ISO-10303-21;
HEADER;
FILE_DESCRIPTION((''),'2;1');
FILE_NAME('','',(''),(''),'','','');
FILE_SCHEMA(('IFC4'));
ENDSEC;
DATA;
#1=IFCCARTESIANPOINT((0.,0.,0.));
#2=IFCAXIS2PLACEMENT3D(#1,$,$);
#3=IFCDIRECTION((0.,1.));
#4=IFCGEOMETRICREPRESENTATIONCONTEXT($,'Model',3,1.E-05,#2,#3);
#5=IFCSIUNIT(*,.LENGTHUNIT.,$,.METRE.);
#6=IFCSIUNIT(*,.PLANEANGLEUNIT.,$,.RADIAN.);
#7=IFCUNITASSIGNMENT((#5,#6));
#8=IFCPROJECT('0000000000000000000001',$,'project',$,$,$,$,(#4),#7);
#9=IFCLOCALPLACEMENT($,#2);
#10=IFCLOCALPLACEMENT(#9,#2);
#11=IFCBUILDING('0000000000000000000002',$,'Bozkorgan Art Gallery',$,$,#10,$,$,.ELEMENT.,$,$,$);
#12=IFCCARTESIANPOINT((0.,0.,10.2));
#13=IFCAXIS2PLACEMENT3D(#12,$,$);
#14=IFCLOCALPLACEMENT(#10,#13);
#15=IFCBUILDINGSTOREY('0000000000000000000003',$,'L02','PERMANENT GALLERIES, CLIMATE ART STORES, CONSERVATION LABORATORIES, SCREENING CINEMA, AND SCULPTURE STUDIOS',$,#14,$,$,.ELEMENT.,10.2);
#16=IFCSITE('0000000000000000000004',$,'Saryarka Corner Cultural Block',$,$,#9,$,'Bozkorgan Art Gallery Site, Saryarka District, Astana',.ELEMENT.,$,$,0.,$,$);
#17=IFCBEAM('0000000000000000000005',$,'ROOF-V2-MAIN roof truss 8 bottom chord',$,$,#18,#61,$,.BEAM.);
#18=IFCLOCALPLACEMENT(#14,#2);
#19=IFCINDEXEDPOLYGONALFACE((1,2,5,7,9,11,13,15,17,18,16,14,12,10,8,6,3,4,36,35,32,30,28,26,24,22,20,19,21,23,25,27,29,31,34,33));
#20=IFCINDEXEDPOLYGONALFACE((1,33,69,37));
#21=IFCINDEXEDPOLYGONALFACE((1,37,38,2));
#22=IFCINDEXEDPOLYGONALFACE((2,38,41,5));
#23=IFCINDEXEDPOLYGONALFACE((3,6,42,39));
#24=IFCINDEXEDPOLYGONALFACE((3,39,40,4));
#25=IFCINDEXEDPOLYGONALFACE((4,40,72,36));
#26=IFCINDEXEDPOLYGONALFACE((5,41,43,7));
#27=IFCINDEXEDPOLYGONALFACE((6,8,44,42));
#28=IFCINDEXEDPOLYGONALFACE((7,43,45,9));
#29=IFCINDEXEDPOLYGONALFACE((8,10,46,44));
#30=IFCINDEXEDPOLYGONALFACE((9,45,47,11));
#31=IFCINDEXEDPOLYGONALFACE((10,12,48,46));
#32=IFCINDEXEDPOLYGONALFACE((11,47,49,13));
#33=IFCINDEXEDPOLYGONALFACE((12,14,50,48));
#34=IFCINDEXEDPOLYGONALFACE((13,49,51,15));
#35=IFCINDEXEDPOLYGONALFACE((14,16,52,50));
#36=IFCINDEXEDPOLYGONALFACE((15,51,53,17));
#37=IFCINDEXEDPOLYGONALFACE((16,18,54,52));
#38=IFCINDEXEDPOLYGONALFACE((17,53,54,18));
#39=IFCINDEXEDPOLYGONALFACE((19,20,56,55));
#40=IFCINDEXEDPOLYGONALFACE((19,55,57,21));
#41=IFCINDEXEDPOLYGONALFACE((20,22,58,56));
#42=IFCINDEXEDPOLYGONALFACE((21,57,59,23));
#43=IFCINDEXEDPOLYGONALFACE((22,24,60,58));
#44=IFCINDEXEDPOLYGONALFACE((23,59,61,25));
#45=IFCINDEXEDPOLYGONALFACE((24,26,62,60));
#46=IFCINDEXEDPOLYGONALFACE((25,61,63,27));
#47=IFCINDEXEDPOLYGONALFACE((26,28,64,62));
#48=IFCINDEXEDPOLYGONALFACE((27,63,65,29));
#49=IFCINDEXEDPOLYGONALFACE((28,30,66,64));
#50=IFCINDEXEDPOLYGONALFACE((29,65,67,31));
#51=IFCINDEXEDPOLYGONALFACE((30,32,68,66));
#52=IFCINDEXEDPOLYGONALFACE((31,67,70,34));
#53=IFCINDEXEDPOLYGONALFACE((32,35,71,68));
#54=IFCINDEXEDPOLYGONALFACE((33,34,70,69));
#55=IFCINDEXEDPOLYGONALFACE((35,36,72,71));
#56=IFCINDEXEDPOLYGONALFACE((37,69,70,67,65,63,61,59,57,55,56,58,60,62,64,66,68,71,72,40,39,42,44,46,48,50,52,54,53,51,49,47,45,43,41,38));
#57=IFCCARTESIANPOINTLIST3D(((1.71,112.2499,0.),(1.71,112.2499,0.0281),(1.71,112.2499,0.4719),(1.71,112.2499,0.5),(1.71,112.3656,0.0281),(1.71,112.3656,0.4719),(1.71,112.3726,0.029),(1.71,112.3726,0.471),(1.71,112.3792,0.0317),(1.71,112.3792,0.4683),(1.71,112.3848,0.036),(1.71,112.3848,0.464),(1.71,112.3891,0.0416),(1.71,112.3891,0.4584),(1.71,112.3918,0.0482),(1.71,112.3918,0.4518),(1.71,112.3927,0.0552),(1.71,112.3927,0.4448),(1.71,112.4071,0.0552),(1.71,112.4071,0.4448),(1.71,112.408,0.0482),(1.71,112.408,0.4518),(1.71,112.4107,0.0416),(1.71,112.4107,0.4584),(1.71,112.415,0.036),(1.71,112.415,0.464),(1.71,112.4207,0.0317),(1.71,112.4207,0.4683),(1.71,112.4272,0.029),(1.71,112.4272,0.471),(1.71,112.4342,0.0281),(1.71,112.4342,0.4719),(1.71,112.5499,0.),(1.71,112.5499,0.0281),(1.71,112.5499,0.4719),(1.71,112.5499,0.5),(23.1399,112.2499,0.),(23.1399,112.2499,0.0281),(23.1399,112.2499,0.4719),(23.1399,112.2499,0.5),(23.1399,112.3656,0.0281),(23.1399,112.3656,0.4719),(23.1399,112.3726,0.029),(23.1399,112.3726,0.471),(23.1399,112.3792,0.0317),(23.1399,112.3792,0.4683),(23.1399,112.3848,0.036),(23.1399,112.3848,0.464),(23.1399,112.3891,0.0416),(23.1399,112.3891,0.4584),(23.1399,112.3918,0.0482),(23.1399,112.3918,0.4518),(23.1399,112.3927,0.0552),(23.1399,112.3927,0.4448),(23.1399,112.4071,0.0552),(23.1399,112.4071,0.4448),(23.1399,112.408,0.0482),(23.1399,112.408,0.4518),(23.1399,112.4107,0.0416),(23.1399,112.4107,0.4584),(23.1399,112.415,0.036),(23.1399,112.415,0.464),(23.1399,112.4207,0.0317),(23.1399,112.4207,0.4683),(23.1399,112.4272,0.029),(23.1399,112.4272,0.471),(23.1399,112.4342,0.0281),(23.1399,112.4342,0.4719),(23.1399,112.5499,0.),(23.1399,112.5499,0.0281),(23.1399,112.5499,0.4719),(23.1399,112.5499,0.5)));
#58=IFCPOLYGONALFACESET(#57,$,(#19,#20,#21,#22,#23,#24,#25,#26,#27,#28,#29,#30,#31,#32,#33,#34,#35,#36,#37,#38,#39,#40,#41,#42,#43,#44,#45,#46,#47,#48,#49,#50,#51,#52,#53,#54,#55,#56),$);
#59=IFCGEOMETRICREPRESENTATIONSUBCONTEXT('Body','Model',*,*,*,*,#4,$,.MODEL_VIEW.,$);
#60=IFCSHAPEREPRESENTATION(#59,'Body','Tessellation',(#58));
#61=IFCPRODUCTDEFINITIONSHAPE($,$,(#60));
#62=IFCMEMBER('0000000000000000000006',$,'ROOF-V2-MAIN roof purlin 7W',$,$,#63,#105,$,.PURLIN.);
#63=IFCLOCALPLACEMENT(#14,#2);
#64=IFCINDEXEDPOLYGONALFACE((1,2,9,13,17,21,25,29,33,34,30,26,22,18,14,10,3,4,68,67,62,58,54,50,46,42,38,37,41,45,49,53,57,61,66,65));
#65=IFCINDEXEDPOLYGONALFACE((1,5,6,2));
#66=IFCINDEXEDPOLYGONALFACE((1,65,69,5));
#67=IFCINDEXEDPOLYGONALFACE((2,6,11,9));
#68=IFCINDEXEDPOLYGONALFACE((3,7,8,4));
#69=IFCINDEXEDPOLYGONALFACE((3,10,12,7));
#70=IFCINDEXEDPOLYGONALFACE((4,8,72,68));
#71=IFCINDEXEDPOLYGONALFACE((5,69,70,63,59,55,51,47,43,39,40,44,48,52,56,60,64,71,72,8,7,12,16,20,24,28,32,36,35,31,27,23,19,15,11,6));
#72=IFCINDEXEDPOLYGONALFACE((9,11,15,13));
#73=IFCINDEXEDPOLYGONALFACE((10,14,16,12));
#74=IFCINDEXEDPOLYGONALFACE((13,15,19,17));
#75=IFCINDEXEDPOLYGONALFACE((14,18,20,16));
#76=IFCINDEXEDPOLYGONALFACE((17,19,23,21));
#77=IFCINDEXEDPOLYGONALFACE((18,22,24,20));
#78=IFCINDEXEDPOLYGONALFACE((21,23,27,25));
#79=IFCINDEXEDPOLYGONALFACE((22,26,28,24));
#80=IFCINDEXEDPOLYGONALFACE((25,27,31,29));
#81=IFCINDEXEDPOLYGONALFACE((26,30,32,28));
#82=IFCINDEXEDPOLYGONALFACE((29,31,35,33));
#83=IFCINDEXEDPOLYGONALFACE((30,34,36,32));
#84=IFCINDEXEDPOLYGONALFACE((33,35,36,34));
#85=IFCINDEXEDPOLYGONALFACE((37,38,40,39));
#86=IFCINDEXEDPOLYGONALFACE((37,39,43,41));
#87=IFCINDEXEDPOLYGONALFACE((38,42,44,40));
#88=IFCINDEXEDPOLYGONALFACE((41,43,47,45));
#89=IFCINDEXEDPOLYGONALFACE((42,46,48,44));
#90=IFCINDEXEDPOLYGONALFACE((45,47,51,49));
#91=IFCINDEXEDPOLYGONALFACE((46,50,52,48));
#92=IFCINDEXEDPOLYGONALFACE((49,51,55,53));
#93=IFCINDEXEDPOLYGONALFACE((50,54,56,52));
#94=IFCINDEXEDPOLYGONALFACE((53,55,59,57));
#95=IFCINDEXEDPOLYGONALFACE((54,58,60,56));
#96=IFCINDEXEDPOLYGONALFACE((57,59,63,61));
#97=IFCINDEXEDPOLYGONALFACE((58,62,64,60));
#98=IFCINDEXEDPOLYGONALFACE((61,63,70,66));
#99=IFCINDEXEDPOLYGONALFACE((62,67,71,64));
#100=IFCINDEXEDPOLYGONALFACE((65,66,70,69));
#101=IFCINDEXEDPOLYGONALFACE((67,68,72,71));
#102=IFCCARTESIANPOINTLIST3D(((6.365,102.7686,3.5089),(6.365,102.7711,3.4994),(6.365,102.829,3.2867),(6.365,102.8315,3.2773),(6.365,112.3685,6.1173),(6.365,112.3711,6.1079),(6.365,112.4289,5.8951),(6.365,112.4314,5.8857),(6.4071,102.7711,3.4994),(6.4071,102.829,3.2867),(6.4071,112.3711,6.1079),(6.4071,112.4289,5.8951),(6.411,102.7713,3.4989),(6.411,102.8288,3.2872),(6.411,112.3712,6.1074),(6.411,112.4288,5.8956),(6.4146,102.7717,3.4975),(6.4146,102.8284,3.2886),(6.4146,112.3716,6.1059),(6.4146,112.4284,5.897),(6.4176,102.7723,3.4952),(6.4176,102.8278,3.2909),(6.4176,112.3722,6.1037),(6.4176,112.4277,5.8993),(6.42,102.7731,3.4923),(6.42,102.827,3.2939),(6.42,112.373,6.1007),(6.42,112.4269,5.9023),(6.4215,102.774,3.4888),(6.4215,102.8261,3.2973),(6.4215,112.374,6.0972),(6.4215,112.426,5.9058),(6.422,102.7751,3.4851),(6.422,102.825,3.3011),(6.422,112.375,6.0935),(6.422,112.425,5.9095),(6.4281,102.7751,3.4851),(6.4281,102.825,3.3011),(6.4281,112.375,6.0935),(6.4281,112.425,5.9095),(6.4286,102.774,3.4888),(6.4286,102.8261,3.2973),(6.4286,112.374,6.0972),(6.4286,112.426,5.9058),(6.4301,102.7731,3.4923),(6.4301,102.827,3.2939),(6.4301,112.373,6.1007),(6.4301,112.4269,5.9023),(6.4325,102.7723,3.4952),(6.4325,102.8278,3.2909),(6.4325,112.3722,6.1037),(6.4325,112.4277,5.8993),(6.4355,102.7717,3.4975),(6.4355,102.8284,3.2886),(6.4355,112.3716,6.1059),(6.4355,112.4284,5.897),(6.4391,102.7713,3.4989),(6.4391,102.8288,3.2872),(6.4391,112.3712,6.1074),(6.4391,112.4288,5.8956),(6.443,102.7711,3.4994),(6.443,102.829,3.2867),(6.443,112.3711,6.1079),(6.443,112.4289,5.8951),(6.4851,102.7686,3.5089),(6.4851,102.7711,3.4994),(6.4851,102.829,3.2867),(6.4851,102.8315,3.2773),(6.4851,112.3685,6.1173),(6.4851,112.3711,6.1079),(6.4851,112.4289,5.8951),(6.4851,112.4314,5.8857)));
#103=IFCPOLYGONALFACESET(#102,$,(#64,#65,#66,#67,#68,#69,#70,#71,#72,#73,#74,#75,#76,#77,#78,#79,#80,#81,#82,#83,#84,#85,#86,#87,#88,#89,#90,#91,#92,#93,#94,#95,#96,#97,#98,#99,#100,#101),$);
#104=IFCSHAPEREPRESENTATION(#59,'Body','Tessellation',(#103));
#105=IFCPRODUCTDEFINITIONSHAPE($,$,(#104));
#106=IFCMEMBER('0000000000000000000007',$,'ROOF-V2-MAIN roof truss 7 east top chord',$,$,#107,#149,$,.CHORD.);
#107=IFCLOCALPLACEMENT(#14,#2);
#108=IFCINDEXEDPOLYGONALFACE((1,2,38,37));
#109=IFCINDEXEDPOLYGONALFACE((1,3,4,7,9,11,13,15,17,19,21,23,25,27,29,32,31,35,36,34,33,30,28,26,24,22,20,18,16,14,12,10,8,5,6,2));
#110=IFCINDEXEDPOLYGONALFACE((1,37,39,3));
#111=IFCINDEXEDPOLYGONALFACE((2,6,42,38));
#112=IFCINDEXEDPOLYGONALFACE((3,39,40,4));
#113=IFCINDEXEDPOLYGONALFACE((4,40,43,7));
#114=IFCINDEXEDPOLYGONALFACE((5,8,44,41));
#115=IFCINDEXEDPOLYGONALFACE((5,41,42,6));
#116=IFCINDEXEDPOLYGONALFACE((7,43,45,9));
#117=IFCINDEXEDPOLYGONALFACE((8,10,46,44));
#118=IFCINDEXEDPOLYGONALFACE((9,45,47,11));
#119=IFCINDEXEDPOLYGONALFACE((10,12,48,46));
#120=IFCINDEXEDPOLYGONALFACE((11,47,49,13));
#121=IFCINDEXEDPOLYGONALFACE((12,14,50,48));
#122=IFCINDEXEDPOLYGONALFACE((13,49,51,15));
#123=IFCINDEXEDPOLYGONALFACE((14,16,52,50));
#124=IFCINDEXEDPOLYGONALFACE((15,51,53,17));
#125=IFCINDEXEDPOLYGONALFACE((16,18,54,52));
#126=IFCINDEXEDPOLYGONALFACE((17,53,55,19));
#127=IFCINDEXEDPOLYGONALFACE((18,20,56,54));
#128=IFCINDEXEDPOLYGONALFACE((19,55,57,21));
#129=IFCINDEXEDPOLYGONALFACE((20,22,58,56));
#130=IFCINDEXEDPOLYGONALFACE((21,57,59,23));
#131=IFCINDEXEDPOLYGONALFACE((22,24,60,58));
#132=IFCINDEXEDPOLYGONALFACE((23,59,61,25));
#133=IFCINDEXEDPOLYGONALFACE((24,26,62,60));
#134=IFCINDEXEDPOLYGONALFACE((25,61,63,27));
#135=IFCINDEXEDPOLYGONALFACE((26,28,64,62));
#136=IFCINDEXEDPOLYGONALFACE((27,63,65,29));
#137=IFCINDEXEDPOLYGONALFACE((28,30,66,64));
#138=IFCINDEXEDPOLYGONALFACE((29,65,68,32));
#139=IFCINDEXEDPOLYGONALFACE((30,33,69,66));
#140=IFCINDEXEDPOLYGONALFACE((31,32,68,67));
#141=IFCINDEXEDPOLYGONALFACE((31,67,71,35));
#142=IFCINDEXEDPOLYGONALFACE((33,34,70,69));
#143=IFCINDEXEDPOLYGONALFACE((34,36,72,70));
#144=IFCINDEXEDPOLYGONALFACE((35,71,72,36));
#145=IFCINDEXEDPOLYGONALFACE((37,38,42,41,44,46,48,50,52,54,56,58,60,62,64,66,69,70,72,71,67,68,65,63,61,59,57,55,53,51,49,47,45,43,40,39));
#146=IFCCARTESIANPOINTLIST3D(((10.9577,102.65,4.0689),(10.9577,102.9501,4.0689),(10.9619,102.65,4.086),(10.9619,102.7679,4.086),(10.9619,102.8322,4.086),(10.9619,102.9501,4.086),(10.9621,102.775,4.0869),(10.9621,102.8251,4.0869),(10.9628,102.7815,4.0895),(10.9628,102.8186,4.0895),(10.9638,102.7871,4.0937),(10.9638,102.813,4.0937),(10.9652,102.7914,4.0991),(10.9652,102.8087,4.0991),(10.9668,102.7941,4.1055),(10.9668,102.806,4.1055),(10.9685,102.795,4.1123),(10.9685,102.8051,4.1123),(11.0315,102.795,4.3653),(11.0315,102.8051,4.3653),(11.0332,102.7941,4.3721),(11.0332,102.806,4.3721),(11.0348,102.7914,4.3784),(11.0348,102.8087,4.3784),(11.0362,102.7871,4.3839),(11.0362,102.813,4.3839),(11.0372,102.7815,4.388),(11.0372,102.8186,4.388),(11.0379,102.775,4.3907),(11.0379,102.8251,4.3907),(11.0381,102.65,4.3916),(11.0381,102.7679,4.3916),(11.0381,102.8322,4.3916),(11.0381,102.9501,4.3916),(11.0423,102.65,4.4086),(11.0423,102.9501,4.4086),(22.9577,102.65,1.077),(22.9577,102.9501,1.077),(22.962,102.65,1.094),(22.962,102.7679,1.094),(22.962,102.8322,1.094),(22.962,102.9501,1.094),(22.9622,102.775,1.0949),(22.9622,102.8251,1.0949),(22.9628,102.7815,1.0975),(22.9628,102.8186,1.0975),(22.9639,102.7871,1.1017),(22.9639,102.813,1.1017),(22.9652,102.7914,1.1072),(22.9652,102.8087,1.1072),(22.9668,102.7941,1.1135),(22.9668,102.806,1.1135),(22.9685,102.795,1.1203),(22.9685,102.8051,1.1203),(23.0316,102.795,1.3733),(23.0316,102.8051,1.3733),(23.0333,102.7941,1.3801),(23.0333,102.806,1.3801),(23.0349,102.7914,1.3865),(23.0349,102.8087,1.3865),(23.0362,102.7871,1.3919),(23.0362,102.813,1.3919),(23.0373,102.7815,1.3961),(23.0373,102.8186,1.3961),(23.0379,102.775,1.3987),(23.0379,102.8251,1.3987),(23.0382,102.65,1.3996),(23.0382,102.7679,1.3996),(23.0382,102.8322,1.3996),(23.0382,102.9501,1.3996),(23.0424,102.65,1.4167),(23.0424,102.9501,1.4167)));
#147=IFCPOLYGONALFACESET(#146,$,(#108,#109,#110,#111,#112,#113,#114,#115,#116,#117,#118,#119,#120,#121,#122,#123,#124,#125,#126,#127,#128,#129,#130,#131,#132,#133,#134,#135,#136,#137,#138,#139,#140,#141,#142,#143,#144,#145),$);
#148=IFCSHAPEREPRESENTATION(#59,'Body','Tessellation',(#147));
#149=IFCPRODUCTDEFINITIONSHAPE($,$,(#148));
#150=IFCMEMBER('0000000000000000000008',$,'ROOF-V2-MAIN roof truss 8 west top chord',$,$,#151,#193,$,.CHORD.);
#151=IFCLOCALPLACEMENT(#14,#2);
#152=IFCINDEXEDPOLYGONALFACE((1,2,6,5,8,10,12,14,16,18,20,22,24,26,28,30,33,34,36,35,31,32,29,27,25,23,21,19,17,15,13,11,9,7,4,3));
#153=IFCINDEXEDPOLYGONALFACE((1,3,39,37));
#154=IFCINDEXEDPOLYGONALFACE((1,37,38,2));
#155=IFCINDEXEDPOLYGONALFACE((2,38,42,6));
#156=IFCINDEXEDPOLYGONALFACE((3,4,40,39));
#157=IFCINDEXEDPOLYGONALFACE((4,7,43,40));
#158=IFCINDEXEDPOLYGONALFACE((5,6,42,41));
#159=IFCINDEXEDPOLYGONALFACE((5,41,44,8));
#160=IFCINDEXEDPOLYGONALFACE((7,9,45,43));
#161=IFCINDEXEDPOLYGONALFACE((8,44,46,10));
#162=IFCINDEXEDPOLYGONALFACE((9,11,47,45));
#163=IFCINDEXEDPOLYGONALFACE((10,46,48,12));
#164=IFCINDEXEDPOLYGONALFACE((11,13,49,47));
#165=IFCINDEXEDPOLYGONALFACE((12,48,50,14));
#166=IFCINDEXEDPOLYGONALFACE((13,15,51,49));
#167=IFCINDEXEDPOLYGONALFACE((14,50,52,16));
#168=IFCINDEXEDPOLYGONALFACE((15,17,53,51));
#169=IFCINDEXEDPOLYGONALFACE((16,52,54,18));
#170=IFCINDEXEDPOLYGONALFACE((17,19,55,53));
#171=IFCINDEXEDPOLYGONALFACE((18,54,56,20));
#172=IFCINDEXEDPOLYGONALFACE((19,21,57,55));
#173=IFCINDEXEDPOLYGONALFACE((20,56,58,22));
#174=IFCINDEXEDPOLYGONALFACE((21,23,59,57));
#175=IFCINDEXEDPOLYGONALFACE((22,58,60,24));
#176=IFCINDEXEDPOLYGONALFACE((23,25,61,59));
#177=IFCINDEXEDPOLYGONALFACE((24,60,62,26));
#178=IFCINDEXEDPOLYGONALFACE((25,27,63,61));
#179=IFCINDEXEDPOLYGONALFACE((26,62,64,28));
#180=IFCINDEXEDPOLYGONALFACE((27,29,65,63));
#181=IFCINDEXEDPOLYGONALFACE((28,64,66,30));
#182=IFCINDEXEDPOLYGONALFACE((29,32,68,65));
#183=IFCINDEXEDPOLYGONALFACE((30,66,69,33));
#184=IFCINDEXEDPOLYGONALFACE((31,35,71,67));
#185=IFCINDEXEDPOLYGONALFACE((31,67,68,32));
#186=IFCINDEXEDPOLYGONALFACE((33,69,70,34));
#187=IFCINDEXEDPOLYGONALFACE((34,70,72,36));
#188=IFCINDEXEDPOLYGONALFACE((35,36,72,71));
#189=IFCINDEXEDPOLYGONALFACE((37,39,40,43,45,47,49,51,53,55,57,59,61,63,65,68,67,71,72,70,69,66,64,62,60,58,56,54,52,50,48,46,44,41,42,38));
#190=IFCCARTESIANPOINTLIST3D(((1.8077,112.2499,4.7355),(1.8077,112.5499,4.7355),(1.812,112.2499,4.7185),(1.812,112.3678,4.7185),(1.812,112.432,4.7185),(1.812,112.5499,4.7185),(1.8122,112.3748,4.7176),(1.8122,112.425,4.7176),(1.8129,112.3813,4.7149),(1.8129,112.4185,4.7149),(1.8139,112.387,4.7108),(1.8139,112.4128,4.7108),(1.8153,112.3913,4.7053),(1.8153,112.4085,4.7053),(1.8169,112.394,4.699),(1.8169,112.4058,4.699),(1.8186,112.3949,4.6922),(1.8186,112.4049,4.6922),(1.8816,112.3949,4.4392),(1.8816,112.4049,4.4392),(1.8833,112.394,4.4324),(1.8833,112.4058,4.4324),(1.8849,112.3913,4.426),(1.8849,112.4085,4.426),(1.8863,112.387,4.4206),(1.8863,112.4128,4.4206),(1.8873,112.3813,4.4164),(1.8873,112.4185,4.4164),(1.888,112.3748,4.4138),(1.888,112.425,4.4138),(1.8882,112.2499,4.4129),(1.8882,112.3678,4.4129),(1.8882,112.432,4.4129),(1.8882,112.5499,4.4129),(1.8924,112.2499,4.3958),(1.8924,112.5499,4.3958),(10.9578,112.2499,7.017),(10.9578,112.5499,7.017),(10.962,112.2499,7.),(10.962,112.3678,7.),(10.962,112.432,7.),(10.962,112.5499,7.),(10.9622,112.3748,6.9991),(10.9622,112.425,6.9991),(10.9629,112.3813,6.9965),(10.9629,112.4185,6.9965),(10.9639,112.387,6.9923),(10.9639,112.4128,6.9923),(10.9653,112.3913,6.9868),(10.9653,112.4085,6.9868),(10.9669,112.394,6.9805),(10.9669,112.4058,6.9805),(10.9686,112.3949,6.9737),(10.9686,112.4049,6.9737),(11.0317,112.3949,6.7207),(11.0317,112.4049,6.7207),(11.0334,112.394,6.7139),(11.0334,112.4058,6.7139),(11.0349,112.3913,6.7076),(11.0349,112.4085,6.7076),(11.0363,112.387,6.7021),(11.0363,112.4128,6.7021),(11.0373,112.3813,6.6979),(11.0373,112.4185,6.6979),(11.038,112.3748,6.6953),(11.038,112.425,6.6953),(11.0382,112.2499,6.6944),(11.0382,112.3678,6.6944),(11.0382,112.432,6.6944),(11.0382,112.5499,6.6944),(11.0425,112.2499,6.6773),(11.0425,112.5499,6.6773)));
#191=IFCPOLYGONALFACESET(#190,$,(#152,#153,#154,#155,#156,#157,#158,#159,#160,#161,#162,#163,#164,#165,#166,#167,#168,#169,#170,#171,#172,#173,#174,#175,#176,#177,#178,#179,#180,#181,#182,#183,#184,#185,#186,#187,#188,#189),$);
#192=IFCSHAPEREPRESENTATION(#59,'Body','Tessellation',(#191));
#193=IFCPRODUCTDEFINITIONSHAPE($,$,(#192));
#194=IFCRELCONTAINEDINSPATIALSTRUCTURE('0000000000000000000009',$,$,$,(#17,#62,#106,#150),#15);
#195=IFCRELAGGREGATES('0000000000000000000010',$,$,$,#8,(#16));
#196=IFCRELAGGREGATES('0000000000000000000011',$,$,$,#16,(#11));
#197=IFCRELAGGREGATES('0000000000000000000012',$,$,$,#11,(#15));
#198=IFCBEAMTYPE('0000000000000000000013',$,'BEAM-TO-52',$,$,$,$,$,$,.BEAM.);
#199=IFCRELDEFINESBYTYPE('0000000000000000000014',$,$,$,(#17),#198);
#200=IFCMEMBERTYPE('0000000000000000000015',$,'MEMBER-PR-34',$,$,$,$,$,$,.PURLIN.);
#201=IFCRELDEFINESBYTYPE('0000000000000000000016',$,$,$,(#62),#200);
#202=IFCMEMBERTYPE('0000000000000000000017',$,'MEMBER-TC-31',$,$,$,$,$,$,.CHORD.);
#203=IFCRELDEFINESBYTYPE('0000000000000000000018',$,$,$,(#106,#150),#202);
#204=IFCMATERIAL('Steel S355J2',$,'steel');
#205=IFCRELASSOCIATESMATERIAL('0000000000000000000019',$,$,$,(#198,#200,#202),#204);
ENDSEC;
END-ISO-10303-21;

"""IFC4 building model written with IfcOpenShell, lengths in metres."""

from ifc_helpers import new_model, si_unit, direction, frame, origin, origin_2d, place, context, subcontext, project, spatial, i_section, extrude, material, material_profile, profile_set, type_object, element, save


model = new_model("IFC4")

# Units and contexts
model_context = context("Model", 3, precision=1e-05, world=origin(), true_north=direction((0.0, 1.0)))
body_context = subcontext(model_context, "Body", "Model", "MODEL_VIEW")
ifc_project = project(units=[si_unit("LENGTHUNIT", "METRE"), si_unit("PLANEANGLEUNIT", "RADIAN")], contexts=[model_context])

# Site, building, storey
site_placement = place(None, origin())
site = spatial("IfcSite", under=ifc_project, at=site_placement, Name="Saryarka Corner Cultural Block", LongName="Bozkorgan Art Gallery Site, Saryarka District, Astana", CompositionType="ELEMENT", RefElevation=0.0)
building_placement = place(site_placement, origin())
building = spatial("IfcBuilding", under=site, at=building_placement, Name="Bozkorgan Art Gallery", CompositionType="ELEMENT")
storey_placement = place(building_placement, frame((0.0, 0.0, 10.2)))
storey = spatial("IfcBuildingStorey", under=building, at=storey_placement, Name="L02", Description="PERMANENT GALLERIES, CLIMATE ART STORES, CONSERVATION LABORATORIES, SCREENING CINEMA, AND SCULPTURE STUDIOS", CompositionType="ELEMENT", Elevation=10.2)

# Beam
ifc_material_1 = material(Name="Steel S355J2", Category="steel")
ifc_material_profile_1 = material_profile(ifc_material_1, i_section(OverallWidth=0.3, OverallDepth=0.5, WebThickness=0.0144, FlangeThickness=0.0281, FilletRadius=0.0271, at=origin_2d()), Name="HEB 500")
ifc_profile_set_1 = profile_set([ifc_material_profile_1], Name="Steel S355J2")
beam_type = type_object("IfcBeamType", Name="BEAM-TO-52", PredefinedType="BEAM", material=ifc_profile_set_1)
beam_placement = place(storey_placement, frame((1.71, 112.3999, 0.25), z_axis=(1.0, 0.0, 0.0), x_axis=(0.0, 1.0, 0.0)))
element("IfcBeam", 1, at=beam_placement, inside=storey, type_object=beam_type, Name="ROOF-V2-MAIN roof truss 8 bottom chord", PredefinedType="BEAM", context=body_context, shape_type="SweptSolid", body=[
    extrude(i_section(OverallWidth=0.3, OverallDepth=0.5, WebThickness=0.0144, FlangeThickness=0.0281, FilletRadius=0.0271, at=origin_2d()), origin(), (0.0, 0.0, 1.0), 21.4299),
])

# Members
ifc_material_profile_2 = material_profile(ifc_material_1, i_section(OverallWidth=0.1201, OverallDepth=0.24, WebThickness=0.0061, FlangeThickness=0.0098, FilletRadius=0.0149, at=origin_2d()), Name="IPE 240")
ifc_profile_set_2 = profile_set([ifc_material_profile_2], Name="Steel S355J2")
member_type_1 = type_object("IfcMemberType", Name="MEMBER-PR-34", PredefinedType="PURLIN", material=ifc_profile_set_2)
member_1_placement = place(storey_placement, frame((6.425, 102.8, 3.3931), z_axis=(0.0, 0.965012, 0.262206), x_axis=(-1.0, 0.0, 0.0)))
element("IfcMember", 2, at=member_1_placement, inside=storey, type_object=member_type_1, Name="ROOF-V2-MAIN roof purlin 7W", PredefinedType="PURLIN", context=body_context, shape_type="SweptSolid", body=[
    extrude(i_section(OverallWidth=0.1201, OverallDepth=0.24, WebThickness=0.0061, FlangeThickness=0.0098, FilletRadius=0.0149, at=origin_2d()), origin(), (0.0, 0.0, 1.0), 9.948),
])
ifc_material_profile_3 = material_profile(ifc_material_1, i_section(OverallWidth=0.3, OverallDepth=0.3501, WebThickness=0.01, FlangeThickness=0.0176, FilletRadius=0.0271, at=origin_2d()), Name="HEA 360")
ifc_profile_set_3 = profile_set([ifc_material_profile_3], Name="Steel S355J2")
member_type_2 = type_object("IfcMemberType", Name="MEMBER-TC-31", PredefinedType="CHORD", material=ifc_profile_set_3)
member_2_placement = place(storey_placement, frame((11.0, 102.8, 4.2388), z_axis=(0.970296, 0.0, -0.241922), x_axis=(0.0, 1.0, 0.0)))
element("IfcMember", 3, at=member_2_placement, inside=storey, type_object=member_type_2, Name="ROOF-V2-MAIN roof truss 7 east top chord", PredefinedType="CHORD", context=body_context, shape_type="SweptSolid", body=[
    extrude(i_section(OverallWidth=0.3, OverallDepth=0.3501, WebThickness=0.01, FlangeThickness=0.0176, FilletRadius=0.0271, at=origin_2d()), origin(), (0.0, 0.0, 1.0), 12.3674),
])
member_3_placement = place(storey_placement, frame((1.8501, 112.3999, 4.5657), z_axis=(0.970292, 0.0, 0.241939), x_axis=(0.0, 1.0, 0.0)))
element("IfcMember", 4, at=member_3_placement, inside=storey, type_object=member_type_2, Name="ROOF-V2-MAIN roof truss 8 west top chord", PredefinedType="CHORD", context=body_context, shape_type="SweptSolid", body=[
    extrude(i_section(OverallWidth=0.3, OverallDepth=0.3501, WebThickness=0.01, FlangeThickness=0.0176, FilletRadius=0.0271, at=origin_2d()), origin(), (0.0, 0.0, 1.0), 9.4302),
])

save(model, "model.ifc")
